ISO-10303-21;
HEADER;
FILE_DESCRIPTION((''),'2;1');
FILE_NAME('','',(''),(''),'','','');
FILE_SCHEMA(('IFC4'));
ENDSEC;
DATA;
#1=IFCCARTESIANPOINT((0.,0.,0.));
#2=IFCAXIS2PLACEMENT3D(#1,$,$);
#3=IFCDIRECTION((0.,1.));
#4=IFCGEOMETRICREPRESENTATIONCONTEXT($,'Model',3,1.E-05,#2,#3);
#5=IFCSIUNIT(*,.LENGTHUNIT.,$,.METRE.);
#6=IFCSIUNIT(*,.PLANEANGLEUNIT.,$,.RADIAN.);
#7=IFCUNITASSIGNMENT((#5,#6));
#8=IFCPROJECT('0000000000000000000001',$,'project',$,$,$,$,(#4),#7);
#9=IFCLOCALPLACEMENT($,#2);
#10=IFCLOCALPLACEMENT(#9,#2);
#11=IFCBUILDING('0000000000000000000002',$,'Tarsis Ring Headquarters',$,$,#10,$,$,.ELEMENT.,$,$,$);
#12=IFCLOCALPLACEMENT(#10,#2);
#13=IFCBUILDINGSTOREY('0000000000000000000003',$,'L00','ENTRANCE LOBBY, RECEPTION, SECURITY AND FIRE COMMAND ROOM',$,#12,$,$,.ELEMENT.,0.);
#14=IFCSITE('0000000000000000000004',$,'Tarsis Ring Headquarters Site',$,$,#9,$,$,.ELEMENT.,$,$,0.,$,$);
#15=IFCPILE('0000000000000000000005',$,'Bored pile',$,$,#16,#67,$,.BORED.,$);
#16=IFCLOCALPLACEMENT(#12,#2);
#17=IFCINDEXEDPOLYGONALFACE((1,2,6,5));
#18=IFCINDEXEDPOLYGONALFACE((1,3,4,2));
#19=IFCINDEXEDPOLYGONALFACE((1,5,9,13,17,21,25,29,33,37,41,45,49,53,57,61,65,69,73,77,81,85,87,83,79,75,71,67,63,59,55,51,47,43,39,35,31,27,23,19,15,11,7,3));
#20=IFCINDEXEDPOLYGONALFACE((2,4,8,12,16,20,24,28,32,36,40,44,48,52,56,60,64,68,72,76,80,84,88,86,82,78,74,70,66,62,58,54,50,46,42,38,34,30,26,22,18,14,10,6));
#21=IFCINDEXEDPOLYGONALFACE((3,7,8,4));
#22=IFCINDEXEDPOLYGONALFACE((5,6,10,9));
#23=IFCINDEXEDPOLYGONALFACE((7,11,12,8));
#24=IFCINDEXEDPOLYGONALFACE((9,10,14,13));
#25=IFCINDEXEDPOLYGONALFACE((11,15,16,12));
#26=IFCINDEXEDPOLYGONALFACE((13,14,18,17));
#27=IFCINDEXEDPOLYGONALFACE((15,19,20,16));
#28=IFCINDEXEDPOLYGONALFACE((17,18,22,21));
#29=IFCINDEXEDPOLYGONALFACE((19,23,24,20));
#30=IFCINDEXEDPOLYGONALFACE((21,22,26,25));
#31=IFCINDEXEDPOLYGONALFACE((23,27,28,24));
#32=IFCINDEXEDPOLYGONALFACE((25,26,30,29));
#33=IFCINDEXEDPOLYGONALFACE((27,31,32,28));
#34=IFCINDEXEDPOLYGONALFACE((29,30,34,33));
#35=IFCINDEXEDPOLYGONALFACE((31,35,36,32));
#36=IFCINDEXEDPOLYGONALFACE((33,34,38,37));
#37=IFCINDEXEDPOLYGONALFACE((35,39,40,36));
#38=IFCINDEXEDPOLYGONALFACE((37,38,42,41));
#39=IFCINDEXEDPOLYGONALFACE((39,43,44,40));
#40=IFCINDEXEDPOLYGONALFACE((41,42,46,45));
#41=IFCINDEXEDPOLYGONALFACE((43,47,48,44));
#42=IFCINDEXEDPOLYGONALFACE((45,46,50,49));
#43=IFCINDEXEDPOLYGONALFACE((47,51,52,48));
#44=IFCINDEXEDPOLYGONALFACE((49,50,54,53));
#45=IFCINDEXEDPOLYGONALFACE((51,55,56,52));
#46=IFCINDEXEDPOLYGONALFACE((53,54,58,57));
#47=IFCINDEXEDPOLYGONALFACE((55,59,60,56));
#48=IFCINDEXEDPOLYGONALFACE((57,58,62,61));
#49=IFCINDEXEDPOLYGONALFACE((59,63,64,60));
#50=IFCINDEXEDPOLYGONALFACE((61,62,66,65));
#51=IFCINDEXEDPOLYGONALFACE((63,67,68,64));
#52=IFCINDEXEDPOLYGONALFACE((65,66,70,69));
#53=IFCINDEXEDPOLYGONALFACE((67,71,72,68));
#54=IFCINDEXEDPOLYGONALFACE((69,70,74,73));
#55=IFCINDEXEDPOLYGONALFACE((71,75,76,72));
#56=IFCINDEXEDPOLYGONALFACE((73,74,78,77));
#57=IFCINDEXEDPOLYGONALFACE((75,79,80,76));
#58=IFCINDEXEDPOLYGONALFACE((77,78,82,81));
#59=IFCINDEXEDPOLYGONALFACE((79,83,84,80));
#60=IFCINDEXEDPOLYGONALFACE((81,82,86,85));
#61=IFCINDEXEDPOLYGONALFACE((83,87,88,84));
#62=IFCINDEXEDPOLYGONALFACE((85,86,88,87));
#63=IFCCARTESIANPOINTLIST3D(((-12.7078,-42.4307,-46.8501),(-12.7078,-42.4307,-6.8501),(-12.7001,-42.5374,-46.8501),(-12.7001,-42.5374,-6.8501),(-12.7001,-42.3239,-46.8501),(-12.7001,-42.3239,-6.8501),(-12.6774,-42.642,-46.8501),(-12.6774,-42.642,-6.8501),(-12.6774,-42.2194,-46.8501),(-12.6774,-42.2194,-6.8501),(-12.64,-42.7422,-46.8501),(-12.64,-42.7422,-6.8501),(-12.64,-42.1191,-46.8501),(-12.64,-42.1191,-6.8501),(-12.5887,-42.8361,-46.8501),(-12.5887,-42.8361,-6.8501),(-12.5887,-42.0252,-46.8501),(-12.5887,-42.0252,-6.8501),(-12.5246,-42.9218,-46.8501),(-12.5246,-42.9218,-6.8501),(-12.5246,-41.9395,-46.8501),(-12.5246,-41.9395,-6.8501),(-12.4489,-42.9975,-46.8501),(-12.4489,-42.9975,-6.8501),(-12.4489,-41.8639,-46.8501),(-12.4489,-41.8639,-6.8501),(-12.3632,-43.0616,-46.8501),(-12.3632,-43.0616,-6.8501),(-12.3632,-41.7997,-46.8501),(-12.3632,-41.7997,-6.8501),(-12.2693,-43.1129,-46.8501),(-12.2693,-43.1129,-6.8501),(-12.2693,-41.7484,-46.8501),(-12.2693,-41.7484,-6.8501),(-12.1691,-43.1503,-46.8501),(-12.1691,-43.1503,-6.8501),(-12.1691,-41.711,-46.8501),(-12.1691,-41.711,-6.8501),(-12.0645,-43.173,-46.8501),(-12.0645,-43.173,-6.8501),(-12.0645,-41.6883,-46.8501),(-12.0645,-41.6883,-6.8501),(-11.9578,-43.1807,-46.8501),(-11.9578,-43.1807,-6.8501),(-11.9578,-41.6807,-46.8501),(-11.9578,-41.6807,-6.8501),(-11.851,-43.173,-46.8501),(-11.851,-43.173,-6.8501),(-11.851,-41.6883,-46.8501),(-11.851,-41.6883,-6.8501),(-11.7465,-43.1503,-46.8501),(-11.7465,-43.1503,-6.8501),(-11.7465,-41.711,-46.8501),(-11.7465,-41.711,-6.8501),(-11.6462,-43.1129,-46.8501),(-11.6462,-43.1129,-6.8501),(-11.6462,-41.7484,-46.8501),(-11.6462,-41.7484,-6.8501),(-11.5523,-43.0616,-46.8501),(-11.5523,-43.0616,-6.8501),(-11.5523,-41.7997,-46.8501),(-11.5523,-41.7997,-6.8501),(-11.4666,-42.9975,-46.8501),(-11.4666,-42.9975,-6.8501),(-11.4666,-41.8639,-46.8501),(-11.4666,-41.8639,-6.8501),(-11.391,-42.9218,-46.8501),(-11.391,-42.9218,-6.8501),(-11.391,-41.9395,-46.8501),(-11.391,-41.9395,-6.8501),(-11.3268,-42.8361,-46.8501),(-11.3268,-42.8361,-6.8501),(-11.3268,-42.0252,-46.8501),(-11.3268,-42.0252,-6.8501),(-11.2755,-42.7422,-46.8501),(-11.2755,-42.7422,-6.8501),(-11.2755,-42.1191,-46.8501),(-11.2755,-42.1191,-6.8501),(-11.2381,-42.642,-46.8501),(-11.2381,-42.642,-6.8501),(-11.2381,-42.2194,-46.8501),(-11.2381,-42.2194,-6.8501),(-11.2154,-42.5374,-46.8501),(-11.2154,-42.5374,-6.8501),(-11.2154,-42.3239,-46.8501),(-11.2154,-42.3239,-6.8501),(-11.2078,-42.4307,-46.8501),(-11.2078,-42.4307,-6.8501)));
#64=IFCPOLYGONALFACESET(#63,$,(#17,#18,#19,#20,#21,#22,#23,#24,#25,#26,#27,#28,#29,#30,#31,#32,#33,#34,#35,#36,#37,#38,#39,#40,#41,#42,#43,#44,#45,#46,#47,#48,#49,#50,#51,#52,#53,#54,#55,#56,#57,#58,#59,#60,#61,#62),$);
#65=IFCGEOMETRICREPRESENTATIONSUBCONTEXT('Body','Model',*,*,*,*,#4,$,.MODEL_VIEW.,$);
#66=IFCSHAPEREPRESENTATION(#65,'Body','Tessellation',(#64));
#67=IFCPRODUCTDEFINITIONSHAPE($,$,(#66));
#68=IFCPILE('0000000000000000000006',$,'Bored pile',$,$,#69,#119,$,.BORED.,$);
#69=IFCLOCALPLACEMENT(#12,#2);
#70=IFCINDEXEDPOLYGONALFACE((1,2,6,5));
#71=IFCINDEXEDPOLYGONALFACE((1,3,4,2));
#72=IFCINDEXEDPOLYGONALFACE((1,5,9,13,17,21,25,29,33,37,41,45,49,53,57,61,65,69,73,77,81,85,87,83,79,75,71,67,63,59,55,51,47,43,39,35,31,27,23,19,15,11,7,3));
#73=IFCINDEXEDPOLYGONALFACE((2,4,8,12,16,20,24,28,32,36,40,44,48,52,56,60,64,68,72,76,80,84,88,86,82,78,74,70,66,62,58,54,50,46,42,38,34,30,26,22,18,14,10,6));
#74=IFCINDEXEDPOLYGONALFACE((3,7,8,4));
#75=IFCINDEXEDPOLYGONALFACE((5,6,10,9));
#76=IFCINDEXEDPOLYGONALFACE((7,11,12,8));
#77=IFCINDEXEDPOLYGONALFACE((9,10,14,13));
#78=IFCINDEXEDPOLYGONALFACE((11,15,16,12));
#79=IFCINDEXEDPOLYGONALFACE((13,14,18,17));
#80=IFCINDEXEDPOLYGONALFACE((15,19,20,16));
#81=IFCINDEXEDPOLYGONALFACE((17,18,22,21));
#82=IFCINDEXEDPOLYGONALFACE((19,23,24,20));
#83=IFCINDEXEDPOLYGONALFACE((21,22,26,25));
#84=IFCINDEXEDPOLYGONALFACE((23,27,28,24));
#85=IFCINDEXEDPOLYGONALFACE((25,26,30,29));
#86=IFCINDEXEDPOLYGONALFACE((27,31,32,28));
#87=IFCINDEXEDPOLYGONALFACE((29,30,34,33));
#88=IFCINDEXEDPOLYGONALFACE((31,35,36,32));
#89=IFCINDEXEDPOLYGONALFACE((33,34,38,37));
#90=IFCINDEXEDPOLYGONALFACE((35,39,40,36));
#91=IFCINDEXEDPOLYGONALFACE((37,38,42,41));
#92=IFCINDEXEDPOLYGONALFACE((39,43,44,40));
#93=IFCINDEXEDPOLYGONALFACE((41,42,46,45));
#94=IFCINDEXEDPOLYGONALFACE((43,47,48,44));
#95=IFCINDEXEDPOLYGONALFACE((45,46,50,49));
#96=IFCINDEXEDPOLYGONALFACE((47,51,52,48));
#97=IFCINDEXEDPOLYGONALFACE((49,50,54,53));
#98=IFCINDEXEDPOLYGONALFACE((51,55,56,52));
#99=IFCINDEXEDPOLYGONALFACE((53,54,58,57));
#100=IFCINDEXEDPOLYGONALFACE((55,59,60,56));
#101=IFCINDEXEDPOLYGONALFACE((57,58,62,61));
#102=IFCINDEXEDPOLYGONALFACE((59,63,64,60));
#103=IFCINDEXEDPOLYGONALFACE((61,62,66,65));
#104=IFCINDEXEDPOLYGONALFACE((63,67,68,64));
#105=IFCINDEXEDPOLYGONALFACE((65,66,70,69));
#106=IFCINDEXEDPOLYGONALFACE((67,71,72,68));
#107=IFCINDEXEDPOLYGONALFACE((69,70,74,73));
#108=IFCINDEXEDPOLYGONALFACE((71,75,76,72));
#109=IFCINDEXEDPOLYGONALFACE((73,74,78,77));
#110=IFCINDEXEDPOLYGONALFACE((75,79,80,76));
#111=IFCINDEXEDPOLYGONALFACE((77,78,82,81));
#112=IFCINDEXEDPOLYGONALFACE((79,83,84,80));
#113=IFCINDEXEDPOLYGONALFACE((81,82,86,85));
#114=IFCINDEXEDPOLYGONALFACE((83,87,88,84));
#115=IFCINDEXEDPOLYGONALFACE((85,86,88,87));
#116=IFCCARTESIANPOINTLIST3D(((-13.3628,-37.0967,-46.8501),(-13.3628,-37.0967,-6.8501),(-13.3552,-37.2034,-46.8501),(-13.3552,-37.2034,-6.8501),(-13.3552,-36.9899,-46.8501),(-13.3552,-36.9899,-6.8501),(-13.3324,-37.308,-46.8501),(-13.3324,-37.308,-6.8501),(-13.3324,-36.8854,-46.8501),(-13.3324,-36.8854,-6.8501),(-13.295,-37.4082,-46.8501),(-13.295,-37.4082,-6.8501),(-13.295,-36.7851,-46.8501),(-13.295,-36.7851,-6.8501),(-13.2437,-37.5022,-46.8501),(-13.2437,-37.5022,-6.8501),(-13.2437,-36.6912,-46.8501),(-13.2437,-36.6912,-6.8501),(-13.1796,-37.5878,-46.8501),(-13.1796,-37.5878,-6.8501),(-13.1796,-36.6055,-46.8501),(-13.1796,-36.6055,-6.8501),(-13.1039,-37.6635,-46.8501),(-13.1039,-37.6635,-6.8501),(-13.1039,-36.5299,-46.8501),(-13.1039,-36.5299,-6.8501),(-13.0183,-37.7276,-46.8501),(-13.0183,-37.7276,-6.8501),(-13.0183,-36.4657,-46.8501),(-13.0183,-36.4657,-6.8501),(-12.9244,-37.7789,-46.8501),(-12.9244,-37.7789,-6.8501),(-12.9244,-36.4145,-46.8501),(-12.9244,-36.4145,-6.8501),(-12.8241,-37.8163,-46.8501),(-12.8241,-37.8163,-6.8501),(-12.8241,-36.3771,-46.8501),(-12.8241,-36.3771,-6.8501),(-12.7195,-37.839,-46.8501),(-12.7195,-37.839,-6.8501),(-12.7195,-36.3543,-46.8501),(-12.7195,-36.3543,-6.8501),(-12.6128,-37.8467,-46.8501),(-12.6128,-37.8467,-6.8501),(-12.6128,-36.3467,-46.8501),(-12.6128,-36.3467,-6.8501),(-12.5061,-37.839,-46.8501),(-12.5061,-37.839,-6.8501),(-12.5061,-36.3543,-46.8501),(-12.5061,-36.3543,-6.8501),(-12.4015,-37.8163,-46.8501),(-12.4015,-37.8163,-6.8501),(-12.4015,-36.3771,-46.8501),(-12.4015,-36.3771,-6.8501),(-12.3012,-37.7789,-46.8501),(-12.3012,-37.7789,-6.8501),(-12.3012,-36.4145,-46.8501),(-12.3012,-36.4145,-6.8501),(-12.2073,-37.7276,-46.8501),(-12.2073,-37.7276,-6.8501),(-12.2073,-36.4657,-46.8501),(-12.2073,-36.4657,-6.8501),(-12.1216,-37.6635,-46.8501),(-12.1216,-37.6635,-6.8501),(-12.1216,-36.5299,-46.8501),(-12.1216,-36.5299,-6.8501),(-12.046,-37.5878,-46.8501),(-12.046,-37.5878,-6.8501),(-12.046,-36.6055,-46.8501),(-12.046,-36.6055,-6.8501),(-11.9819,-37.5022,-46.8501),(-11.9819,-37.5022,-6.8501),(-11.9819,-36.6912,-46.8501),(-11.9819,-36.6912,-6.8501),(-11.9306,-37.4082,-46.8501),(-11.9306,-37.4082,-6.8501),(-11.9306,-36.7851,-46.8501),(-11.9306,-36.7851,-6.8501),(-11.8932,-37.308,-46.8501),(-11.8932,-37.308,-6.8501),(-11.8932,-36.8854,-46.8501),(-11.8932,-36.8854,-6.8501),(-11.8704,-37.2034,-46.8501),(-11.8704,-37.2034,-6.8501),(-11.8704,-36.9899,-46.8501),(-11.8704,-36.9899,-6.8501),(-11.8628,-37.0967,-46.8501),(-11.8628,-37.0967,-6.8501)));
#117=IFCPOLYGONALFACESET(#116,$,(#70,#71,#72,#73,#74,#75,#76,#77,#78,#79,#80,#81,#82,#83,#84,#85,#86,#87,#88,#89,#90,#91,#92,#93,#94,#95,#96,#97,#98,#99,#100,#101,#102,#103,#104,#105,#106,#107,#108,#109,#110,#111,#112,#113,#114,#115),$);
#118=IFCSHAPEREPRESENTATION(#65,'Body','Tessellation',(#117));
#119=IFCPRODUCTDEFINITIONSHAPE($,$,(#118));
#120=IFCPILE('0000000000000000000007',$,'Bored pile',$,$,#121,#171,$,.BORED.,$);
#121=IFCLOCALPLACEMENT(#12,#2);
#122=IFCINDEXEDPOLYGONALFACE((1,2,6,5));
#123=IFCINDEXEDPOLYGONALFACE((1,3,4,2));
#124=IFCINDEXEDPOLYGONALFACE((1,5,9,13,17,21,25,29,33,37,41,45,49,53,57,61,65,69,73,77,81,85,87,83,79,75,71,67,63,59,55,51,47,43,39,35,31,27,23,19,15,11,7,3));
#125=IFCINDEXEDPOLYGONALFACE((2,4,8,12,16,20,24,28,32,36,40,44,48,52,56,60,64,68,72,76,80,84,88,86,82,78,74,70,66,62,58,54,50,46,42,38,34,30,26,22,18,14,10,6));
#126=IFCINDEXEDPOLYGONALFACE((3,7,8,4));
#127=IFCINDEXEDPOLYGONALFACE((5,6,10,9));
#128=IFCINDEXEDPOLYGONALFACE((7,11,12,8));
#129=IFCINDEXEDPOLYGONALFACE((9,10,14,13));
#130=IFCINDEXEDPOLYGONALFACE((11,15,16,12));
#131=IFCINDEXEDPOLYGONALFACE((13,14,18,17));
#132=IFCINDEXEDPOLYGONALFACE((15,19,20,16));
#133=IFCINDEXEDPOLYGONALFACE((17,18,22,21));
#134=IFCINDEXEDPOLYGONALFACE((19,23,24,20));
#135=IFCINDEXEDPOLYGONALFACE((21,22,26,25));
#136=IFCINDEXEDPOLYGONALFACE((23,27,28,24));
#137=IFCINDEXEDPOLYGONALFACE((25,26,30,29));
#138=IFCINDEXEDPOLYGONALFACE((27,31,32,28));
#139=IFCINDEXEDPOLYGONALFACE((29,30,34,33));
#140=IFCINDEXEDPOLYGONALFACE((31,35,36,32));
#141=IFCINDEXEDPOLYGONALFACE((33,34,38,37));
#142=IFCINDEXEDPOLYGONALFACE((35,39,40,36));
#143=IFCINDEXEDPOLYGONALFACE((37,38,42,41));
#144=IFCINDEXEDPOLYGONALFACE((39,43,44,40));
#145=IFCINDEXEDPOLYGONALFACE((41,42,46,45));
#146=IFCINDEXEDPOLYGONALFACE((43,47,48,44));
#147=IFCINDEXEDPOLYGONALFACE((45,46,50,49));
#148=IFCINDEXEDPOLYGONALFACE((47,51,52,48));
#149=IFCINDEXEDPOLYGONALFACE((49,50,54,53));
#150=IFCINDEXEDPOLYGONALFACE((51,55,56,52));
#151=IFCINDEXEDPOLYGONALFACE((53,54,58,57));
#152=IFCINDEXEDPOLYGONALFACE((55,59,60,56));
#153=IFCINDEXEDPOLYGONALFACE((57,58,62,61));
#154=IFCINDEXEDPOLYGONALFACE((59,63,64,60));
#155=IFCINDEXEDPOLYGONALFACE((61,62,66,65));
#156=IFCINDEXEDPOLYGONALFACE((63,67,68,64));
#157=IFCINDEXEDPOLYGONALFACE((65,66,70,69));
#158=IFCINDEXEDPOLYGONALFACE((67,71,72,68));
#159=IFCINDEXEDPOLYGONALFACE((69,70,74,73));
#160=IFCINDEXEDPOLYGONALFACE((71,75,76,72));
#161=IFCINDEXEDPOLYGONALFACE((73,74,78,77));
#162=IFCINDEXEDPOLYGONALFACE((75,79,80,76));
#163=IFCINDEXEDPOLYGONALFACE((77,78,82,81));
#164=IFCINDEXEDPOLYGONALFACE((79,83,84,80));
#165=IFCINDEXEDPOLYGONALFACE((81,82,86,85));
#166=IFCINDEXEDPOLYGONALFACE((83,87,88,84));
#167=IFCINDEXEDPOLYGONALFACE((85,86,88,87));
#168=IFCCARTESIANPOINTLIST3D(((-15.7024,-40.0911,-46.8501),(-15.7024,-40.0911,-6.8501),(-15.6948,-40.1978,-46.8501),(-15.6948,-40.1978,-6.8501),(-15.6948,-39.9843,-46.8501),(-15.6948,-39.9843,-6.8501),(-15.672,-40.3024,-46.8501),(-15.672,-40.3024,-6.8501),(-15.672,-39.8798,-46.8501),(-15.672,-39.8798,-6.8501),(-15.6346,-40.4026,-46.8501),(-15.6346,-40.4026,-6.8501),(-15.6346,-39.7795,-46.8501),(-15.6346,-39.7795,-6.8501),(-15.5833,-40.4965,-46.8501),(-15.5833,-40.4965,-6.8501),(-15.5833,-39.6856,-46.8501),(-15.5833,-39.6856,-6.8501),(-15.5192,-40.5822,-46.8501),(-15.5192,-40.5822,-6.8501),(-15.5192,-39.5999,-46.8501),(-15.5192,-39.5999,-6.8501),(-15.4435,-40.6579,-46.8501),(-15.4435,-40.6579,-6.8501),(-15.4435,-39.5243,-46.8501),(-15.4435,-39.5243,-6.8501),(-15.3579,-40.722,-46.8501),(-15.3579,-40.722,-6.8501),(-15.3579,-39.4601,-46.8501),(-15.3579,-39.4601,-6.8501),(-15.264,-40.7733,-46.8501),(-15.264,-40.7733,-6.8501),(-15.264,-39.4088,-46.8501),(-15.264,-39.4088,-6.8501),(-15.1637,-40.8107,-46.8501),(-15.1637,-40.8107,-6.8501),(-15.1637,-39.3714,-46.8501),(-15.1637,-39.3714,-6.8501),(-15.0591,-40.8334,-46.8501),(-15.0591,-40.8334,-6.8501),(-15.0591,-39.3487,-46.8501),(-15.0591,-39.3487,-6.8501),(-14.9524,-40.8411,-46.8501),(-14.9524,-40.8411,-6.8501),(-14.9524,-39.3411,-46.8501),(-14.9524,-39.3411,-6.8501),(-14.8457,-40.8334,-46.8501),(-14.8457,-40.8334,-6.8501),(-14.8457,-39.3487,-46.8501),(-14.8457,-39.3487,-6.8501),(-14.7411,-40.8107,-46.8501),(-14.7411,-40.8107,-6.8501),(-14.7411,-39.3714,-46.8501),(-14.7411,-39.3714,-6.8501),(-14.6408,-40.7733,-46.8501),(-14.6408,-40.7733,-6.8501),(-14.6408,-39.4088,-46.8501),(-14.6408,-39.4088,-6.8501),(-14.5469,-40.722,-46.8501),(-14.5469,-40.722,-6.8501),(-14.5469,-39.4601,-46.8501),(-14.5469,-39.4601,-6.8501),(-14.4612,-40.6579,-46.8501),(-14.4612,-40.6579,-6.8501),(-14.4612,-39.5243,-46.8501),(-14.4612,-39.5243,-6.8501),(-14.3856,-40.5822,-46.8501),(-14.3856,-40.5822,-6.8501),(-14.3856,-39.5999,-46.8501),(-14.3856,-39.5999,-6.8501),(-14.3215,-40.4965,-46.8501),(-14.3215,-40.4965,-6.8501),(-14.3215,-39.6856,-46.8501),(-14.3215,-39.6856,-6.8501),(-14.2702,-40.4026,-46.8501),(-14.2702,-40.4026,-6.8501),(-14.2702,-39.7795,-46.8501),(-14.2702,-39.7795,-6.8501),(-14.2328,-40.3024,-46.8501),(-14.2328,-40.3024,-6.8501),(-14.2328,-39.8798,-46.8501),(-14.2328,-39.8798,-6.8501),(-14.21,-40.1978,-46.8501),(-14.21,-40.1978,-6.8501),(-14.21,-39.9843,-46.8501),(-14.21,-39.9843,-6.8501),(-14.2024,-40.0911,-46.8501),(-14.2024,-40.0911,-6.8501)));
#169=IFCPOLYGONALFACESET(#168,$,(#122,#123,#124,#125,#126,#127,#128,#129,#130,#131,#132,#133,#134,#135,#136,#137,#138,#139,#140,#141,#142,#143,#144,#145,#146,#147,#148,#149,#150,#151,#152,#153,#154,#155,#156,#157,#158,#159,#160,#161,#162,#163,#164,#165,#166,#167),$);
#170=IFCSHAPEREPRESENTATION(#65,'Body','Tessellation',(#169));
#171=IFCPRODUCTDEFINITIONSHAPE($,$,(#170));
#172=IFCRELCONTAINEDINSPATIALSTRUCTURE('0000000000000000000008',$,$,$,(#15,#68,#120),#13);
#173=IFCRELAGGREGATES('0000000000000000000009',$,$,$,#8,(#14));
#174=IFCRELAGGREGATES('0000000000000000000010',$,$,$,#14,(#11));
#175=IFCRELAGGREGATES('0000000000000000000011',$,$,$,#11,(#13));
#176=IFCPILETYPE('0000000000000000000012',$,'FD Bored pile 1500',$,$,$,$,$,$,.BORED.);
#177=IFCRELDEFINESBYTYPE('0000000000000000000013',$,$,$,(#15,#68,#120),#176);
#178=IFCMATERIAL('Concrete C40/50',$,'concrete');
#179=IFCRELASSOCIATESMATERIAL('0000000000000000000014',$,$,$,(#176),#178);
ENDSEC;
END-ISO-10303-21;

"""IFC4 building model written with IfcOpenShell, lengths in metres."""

from ifc_helpers import new_model, si_unit, direction, frame, origin, origin_2d, place, context, subcontext, project, spatial, circle, extrude, material, material_profile, profile_set, type_object, element, save


model = new_model("IFC4")

# Units and contexts
model_context = context("Model", 3, precision=1e-05, world=origin(), true_north=direction((0.0, 1.0)))
body_context = subcontext(model_context, "Body", "Model", "MODEL_VIEW")
ifc_project = project(units=[si_unit("LENGTHUNIT", "METRE"), si_unit("PLANEANGLEUNIT", "RADIAN")], contexts=[model_context])

# Site, building, storey
site_placement = place(None, origin())
site = spatial("IfcSite", under=ifc_project, at=site_placement, Name="Tarsis Ring Headquarters Site", CompositionType="ELEMENT", RefElevation=0.0)
building_placement = place(site_placement, origin())
building = spatial("IfcBuilding", under=site, at=building_placement, Name="Tarsis Ring Headquarters", CompositionType="ELEMENT")
storey_placement = place(building_placement, origin())
storey = spatial("IfcBuildingStorey", under=building, at=storey_placement, Name="L00", Description="ENTRANCE LOBBY, RECEPTION, SECURITY AND FIRE COMMAND ROOM", CompositionType="ELEMENT", Elevation=0.0)

# Piles
ifc_material_1 = material(Name="Concrete C40/50", Category="concrete")
ifc_material_profile_1 = material_profile(ifc_material_1, circle(Radius=0.75, at=origin_2d()), Name="BORED 1500")
ifc_profile_set_1 = profile_set([ifc_material_profile_1], Name="Concrete C40/50")
pile_type_1 = type_object("IfcPileType", Name="FD Bored pile 1500", PredefinedType="BORED", material=ifc_profile_set_1)
for number, where, z_axis, x_axis, name in (
    (1, (-11.9578, -42.4307, -6.8501), (0.0, 0.0, -1.0), (1.0, 0.0, 0.0), "Bored pile"),
    (2, (-12.6128, -37.0967, -6.8501), (0.0, 0.0, -1.0), (1.0, 0.0, 0.0), "Bored pile"),
    (3, (-14.9524, -40.0911, -6.8501), (0.0, 0.0, -1.0), (1.0, 0.0, 0.0), "Bored pile"),
):
    element("IfcPile", number, at=place(storey_placement, frame(where, z_axis=z_axis, x_axis=x_axis)), inside=storey, type_object=pile_type_1, Name=name, PredefinedType="BORED", context=body_context, shape_type="SweptSolid", body=[
        extrude(circle(Radius=0.75, at=origin_2d()), origin(), (0.0, 0.0, 1.0), 40.0),
    ])

save(model, "model.ifc")
